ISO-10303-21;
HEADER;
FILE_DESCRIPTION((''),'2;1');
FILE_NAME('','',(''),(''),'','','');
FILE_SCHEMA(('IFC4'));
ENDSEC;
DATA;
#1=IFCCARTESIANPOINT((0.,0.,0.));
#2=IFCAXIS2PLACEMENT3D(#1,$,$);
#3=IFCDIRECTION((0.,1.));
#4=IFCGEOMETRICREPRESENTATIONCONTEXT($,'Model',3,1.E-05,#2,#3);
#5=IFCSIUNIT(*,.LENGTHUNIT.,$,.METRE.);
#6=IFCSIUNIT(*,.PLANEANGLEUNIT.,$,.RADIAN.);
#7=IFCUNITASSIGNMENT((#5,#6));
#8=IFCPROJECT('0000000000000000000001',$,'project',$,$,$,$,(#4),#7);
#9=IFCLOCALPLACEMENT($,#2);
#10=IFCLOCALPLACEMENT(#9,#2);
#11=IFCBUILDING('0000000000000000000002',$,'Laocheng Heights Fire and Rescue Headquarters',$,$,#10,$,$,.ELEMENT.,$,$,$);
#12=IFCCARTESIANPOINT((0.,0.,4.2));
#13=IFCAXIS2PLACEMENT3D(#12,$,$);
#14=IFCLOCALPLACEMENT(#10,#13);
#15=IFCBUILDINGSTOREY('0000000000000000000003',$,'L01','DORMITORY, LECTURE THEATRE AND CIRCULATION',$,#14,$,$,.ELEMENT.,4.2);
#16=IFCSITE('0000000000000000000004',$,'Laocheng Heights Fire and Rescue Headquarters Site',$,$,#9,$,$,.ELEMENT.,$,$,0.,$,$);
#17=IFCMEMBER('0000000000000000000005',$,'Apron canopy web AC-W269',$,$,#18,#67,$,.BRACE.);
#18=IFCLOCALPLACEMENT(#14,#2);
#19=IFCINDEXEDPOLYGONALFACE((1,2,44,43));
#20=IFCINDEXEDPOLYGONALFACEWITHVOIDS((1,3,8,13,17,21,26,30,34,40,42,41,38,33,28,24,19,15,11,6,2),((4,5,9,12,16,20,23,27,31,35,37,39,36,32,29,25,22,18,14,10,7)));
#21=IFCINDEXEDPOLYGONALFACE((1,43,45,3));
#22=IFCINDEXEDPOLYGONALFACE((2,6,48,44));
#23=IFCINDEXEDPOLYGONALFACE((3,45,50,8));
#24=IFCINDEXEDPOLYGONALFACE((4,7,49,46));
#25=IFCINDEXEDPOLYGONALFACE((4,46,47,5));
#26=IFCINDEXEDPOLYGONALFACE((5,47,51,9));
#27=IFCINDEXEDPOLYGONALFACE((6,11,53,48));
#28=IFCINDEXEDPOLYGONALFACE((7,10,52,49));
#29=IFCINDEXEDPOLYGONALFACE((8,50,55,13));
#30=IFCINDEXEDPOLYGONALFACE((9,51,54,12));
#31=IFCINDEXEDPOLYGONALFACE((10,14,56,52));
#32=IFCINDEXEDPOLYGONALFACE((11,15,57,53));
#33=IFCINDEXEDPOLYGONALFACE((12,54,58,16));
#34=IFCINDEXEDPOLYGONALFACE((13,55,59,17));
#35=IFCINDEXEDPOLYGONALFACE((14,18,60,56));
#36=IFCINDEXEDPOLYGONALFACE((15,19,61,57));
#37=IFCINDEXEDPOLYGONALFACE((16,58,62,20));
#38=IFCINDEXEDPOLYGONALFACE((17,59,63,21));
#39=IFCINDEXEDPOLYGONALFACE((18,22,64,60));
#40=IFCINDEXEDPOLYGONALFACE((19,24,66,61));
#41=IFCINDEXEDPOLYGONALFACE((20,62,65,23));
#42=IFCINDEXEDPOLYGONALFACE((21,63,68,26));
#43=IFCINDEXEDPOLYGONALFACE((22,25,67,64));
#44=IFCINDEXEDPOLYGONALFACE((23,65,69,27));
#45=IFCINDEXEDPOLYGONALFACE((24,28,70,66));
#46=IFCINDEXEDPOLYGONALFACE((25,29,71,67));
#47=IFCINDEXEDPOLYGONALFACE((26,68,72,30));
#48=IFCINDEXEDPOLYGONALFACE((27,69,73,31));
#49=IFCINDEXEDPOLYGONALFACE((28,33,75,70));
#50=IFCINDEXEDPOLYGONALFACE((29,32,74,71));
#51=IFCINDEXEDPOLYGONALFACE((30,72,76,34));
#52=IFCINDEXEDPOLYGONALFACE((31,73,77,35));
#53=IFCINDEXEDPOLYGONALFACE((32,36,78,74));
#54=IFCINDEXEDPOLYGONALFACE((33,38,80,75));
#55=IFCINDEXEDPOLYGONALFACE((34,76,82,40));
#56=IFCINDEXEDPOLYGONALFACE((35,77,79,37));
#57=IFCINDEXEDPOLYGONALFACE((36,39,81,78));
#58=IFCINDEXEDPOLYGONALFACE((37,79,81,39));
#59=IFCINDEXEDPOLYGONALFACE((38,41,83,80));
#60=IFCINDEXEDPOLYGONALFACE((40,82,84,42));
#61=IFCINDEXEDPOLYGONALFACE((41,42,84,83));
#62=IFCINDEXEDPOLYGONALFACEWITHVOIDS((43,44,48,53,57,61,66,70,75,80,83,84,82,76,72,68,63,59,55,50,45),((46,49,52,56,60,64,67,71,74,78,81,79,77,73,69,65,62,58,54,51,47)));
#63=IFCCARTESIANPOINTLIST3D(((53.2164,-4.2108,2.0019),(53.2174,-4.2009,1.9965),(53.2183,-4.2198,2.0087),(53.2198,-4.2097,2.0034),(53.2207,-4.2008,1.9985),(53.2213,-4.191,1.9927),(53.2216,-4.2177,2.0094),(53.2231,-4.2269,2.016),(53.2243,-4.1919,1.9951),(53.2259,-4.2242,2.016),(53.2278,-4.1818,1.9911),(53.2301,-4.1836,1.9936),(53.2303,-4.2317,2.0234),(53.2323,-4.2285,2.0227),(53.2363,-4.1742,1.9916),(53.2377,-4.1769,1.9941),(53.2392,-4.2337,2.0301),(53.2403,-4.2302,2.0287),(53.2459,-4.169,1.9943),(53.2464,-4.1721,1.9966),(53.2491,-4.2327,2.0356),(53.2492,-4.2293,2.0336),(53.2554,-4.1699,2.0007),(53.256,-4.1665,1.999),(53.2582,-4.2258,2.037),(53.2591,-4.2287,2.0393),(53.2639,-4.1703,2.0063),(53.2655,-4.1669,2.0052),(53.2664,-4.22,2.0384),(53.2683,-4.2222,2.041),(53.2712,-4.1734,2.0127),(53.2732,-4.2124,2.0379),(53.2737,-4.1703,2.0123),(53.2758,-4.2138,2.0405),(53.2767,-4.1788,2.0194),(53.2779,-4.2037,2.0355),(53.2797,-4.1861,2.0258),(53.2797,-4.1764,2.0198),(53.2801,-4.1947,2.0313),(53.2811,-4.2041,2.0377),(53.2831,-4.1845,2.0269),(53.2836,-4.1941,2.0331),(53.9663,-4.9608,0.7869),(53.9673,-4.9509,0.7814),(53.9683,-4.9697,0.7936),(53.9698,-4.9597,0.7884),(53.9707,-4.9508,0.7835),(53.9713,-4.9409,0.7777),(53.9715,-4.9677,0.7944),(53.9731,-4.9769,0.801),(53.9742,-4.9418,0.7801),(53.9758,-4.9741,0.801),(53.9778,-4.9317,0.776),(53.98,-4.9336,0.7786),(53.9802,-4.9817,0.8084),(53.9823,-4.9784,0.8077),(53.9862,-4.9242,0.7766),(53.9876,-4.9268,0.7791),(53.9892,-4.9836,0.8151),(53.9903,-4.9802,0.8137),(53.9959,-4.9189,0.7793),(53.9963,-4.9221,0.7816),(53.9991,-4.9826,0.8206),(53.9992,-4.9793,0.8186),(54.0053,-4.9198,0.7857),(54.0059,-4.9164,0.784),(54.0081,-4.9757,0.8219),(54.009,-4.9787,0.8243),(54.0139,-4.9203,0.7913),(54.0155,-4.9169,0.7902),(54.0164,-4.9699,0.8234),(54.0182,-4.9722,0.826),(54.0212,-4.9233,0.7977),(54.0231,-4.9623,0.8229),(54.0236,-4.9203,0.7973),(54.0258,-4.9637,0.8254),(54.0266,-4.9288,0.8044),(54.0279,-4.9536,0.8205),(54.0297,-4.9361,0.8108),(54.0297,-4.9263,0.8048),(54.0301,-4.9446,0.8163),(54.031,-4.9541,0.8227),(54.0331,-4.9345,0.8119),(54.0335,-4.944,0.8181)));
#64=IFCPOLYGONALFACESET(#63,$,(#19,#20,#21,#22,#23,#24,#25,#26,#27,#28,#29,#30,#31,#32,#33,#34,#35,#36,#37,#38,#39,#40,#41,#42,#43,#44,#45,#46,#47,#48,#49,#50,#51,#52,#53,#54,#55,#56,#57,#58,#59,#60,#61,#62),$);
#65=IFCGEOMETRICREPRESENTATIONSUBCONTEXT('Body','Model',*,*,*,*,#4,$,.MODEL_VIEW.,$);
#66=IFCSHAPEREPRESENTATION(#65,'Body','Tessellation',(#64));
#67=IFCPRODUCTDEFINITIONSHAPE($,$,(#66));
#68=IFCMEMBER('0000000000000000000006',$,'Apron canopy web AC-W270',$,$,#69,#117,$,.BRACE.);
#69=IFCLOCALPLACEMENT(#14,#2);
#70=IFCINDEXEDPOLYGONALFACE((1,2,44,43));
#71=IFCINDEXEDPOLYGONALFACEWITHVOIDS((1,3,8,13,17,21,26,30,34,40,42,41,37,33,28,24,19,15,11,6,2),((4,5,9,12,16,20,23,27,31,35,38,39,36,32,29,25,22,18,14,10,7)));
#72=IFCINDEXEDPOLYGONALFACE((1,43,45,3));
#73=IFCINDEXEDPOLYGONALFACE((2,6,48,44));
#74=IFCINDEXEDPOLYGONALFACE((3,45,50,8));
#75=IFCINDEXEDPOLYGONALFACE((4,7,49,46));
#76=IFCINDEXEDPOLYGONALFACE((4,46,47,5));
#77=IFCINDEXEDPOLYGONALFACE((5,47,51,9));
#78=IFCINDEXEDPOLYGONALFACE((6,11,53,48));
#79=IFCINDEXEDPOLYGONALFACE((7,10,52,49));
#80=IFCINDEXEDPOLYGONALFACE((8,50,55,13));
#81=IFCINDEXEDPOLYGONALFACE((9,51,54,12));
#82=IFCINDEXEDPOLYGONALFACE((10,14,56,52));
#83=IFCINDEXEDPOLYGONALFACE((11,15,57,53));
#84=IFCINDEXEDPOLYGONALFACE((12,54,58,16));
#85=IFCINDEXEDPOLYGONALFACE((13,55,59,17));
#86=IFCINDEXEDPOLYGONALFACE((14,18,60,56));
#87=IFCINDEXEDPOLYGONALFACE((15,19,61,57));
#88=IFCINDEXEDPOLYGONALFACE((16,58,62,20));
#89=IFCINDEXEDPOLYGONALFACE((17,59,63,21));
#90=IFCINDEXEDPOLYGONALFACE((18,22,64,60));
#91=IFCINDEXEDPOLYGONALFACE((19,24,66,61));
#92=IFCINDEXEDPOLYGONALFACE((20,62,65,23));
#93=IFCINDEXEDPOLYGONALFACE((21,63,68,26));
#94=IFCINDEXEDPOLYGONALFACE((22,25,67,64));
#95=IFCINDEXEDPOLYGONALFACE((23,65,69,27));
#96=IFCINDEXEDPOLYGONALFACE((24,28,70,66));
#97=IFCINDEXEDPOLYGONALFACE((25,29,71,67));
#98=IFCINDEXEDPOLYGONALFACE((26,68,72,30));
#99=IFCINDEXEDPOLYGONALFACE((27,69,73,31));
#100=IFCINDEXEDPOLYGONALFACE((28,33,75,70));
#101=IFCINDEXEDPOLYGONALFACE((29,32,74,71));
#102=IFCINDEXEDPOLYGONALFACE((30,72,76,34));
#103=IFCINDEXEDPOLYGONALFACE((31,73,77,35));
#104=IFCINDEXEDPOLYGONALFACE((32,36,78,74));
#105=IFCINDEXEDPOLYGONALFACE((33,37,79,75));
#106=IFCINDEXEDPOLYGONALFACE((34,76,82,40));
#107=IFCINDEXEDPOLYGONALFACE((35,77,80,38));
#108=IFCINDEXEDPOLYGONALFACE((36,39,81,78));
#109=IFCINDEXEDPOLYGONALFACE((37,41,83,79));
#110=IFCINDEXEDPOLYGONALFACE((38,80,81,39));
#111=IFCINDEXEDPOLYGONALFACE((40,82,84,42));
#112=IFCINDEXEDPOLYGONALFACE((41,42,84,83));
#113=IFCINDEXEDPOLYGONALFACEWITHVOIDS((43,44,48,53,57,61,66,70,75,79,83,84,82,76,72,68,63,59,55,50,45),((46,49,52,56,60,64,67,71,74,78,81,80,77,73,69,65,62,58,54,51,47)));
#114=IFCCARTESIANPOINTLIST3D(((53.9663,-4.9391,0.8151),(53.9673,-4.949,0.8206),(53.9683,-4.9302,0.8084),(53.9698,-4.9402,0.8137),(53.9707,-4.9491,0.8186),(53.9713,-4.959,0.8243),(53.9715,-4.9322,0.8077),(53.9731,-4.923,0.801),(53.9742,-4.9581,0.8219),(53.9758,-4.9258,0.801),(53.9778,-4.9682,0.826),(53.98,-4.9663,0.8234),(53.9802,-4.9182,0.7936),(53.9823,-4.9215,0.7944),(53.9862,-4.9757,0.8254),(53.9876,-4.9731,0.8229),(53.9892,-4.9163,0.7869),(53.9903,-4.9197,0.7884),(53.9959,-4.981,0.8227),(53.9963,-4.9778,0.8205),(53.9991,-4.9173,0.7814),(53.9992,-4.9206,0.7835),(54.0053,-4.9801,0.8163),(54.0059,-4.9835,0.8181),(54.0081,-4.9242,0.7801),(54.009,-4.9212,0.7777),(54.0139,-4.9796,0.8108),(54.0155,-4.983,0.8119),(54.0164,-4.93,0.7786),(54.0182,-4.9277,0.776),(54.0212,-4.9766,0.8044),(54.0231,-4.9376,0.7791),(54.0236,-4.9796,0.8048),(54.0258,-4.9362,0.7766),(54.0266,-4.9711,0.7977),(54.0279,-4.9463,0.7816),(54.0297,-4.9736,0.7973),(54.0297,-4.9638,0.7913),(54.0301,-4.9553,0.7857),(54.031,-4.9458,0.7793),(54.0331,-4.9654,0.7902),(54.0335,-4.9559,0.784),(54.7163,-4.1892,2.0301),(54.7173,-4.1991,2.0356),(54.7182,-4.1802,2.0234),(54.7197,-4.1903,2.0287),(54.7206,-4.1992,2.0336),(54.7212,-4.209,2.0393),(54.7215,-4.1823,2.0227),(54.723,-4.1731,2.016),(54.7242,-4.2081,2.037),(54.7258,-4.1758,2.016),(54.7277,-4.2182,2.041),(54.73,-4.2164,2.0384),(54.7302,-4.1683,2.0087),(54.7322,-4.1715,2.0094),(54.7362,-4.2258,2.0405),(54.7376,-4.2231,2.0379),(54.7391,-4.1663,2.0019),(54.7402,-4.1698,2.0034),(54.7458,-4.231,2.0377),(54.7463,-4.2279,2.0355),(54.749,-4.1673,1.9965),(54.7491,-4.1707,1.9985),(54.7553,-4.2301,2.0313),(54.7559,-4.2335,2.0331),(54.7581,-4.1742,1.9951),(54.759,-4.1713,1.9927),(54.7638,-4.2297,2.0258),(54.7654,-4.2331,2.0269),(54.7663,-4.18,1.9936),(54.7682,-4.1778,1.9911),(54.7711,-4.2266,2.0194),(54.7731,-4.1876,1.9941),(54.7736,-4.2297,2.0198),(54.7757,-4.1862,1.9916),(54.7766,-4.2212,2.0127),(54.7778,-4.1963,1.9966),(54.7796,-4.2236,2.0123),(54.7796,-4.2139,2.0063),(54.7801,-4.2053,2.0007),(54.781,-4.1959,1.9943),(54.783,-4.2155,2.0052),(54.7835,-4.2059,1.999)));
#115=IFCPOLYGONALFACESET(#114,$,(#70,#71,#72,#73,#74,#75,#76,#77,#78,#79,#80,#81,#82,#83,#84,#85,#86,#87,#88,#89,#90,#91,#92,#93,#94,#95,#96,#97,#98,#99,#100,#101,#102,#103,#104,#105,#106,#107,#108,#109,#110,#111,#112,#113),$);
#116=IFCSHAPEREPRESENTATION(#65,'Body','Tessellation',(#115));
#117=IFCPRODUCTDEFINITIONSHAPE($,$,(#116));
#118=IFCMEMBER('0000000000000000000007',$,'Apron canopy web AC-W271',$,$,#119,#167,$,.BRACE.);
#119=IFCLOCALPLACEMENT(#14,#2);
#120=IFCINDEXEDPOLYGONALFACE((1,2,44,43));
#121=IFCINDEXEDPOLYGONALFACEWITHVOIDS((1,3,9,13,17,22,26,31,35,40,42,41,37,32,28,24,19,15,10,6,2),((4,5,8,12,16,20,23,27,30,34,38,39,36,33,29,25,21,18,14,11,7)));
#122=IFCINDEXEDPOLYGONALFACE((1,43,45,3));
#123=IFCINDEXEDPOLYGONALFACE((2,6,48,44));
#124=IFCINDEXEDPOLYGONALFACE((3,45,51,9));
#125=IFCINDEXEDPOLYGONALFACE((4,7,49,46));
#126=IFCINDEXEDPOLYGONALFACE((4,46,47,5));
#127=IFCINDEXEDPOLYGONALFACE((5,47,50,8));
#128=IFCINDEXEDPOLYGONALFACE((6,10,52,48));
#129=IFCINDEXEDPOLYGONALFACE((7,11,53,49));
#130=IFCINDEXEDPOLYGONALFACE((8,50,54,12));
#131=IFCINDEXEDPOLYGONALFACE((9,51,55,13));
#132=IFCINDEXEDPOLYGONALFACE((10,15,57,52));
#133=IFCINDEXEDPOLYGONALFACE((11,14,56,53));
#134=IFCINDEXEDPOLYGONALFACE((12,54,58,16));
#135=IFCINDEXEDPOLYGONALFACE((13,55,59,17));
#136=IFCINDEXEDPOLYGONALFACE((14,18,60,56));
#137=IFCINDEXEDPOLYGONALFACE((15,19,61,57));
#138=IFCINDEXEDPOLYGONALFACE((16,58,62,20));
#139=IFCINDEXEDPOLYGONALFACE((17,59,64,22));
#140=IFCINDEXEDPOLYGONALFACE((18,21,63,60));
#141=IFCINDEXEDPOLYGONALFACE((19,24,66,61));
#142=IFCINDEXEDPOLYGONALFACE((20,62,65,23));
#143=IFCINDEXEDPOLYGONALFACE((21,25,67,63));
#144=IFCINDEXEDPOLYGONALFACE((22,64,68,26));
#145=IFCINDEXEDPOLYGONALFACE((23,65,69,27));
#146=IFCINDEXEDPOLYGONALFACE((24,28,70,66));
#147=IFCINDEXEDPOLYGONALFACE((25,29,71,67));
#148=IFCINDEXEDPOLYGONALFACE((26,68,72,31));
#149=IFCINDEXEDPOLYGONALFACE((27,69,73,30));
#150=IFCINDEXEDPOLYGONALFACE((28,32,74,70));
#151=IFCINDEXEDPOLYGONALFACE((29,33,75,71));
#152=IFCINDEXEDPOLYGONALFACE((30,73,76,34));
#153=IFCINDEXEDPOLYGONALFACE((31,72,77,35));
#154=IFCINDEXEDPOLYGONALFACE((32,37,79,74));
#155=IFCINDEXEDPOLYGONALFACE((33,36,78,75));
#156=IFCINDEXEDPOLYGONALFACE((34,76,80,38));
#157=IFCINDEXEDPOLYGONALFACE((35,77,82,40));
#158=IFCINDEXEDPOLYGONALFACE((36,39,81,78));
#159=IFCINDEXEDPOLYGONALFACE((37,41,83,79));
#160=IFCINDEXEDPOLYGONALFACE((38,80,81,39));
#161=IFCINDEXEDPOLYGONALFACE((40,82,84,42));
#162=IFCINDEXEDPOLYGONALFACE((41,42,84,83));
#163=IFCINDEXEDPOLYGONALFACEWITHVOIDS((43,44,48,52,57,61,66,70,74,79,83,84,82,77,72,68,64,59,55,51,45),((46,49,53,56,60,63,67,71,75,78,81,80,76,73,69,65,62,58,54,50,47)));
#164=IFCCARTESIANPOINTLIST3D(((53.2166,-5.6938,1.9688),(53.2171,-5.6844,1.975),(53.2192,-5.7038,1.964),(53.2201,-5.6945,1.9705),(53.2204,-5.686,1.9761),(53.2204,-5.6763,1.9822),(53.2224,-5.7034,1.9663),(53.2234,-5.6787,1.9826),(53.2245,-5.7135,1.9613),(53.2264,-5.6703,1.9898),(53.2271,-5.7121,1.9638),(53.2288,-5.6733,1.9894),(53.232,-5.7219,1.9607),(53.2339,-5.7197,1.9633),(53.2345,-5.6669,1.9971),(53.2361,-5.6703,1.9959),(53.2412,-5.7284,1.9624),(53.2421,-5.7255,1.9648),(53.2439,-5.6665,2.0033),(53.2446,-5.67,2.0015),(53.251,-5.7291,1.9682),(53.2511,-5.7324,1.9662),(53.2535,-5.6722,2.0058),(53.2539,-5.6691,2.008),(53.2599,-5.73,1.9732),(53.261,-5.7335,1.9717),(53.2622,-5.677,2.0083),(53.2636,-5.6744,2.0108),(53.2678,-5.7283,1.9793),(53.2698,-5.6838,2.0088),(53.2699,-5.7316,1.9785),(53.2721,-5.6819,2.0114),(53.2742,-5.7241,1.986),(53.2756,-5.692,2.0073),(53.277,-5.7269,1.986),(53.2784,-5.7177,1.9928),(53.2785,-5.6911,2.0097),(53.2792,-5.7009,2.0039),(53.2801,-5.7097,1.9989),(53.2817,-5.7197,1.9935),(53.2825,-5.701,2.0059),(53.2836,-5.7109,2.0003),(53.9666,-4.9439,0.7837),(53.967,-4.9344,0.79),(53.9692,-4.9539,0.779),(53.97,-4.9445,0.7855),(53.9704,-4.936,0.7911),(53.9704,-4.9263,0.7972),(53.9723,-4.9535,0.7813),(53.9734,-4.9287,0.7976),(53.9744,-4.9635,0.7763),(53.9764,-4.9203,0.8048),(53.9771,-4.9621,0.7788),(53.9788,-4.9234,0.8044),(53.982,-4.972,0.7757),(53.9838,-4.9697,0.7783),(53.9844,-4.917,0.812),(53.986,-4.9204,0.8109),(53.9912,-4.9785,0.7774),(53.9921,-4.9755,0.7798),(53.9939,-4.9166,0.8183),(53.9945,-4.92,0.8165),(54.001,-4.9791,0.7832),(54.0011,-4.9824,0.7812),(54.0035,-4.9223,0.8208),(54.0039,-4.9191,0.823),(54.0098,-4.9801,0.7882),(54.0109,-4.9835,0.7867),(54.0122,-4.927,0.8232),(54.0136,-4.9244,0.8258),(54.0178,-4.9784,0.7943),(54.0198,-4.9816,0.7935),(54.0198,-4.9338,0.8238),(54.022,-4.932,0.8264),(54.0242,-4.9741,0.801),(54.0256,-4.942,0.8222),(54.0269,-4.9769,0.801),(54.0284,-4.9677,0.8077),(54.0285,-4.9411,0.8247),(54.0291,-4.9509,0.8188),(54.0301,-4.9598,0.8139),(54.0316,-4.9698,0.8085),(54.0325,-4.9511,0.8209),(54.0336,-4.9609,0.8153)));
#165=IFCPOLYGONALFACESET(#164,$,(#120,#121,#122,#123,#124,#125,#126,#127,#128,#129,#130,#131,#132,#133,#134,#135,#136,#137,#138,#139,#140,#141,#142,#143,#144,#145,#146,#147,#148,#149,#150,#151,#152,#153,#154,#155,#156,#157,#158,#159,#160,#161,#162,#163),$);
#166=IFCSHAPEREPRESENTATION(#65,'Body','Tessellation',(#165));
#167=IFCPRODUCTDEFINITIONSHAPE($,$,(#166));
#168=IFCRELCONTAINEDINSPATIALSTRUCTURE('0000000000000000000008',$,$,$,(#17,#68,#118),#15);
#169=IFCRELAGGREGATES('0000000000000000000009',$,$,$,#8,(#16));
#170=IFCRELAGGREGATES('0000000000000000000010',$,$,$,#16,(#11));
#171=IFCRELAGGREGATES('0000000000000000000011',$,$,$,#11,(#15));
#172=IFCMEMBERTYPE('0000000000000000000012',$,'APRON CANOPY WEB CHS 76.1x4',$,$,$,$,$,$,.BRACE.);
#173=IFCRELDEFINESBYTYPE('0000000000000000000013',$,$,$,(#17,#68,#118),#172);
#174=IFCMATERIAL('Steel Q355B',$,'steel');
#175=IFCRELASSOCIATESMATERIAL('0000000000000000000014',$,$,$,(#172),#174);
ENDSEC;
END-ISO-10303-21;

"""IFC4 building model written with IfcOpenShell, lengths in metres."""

from ifc_helpers import new_model, si_unit, direction, frame, origin, origin_2d, place, context, subcontext, project, spatial, hollow_circle, extrude, material, material_profile, profile_set, type_object, element, save


model = new_model("IFC4")

# Units and contexts
model_context = context("Model", 3, precision=1e-05, world=origin(), true_north=direction((0.0, 1.0)))
body_context = subcontext(model_context, "Body", "Model", "MODEL_VIEW")
ifc_project = project(units=[si_unit("LENGTHUNIT", "METRE"), si_unit("PLANEANGLEUNIT", "RADIAN")], contexts=[model_context])

# Site, building, storey
site_placement = place(None, origin())
site = spatial("IfcSite", under=ifc_project, at=site_placement, Name="Laocheng Heights Fire and Rescue Headquarters Site", CompositionType="ELEMENT", RefElevation=0.0)
building_placement = place(site_placement, origin())
building = spatial("IfcBuilding", under=site, at=building_placement, Name="Laocheng Heights Fire and Rescue Headquarters", CompositionType="ELEMENT")
storey_placement = place(building_placement, frame((0.0, 0.0, 4.2)))
storey = spatial("IfcBuildingStorey", under=building, at=storey_placement, Name="L01", Description="DORMITORY, LECTURE THEATRE AND CIRCULATION", CompositionType="ELEMENT", Elevation=4.2)

# Members
ifc_material_1 = material(Name="Steel Q355B", Category="steel")
ifc_material_profile_1 = material_profile(ifc_material_1, hollow_circle(Radius=0.0381, WallThickness=0.0039, at=origin_2d()), Name="CHS 76.1x4")
ifc_profile_set_1 = profile_set([ifc_material_profile_1], Name="Steel Q355B")
member_type_1 = type_object("IfcMemberType", Name="APRON CANOPY WEB CHS 76.1x4", PredefinedType="BRACE", material=ifc_profile_set_1)
for number, where, z_axis, x_axis, name in (
    (1, (54.0, -4.95, 0.801), (-0.465002, 0.465002, 0.753357), (-0.707107, -0.707107, 0.0), "Apron canopy web AC-W269"),
    (2, (54.0, -4.95, 0.801), (0.465002, 0.465002, 0.753357), (-0.707107, 0.707107, 0.0), "Apron canopy web AC-W270"),
):
    element("IfcMember", number, at=place(storey_placement, frame(where, z_axis=z_axis, x_axis=x_axis)), inside=storey, type_object=member_type_1, Name=name, PredefinedType="BRACE", context=body_context, shape_type="SweptSolid", body=[
        extrude(hollow_circle(Radius=0.0381, WallThickness=0.0039, at=origin_2d()), origin(), (0.0, 0.0, 1.0), 1.6128),
    ])
for number, where, z_axis, x_axis, name in (
    (3, (54.0, -4.95, 0.801), (-0.47158, -0.47158, 0.745134), (0.707107, -0.707107, 0.0), "Apron canopy web AC-W271"),
):
    element("IfcMember", number, at=place(storey_placement, frame(where, z_axis=z_axis, x_axis=x_axis)), inside=storey, type_object=member_type_1, Name=name, PredefinedType="BRACE", context=body_context, shape_type="SweptSolid", body=[
        extrude(hollow_circle(Radius=0.0381, WallThickness=0.0039, at=origin_2d()), origin(), (0.0, 0.0, 1.0), 1.5903),
    ])

save(model, "model.ifc")
